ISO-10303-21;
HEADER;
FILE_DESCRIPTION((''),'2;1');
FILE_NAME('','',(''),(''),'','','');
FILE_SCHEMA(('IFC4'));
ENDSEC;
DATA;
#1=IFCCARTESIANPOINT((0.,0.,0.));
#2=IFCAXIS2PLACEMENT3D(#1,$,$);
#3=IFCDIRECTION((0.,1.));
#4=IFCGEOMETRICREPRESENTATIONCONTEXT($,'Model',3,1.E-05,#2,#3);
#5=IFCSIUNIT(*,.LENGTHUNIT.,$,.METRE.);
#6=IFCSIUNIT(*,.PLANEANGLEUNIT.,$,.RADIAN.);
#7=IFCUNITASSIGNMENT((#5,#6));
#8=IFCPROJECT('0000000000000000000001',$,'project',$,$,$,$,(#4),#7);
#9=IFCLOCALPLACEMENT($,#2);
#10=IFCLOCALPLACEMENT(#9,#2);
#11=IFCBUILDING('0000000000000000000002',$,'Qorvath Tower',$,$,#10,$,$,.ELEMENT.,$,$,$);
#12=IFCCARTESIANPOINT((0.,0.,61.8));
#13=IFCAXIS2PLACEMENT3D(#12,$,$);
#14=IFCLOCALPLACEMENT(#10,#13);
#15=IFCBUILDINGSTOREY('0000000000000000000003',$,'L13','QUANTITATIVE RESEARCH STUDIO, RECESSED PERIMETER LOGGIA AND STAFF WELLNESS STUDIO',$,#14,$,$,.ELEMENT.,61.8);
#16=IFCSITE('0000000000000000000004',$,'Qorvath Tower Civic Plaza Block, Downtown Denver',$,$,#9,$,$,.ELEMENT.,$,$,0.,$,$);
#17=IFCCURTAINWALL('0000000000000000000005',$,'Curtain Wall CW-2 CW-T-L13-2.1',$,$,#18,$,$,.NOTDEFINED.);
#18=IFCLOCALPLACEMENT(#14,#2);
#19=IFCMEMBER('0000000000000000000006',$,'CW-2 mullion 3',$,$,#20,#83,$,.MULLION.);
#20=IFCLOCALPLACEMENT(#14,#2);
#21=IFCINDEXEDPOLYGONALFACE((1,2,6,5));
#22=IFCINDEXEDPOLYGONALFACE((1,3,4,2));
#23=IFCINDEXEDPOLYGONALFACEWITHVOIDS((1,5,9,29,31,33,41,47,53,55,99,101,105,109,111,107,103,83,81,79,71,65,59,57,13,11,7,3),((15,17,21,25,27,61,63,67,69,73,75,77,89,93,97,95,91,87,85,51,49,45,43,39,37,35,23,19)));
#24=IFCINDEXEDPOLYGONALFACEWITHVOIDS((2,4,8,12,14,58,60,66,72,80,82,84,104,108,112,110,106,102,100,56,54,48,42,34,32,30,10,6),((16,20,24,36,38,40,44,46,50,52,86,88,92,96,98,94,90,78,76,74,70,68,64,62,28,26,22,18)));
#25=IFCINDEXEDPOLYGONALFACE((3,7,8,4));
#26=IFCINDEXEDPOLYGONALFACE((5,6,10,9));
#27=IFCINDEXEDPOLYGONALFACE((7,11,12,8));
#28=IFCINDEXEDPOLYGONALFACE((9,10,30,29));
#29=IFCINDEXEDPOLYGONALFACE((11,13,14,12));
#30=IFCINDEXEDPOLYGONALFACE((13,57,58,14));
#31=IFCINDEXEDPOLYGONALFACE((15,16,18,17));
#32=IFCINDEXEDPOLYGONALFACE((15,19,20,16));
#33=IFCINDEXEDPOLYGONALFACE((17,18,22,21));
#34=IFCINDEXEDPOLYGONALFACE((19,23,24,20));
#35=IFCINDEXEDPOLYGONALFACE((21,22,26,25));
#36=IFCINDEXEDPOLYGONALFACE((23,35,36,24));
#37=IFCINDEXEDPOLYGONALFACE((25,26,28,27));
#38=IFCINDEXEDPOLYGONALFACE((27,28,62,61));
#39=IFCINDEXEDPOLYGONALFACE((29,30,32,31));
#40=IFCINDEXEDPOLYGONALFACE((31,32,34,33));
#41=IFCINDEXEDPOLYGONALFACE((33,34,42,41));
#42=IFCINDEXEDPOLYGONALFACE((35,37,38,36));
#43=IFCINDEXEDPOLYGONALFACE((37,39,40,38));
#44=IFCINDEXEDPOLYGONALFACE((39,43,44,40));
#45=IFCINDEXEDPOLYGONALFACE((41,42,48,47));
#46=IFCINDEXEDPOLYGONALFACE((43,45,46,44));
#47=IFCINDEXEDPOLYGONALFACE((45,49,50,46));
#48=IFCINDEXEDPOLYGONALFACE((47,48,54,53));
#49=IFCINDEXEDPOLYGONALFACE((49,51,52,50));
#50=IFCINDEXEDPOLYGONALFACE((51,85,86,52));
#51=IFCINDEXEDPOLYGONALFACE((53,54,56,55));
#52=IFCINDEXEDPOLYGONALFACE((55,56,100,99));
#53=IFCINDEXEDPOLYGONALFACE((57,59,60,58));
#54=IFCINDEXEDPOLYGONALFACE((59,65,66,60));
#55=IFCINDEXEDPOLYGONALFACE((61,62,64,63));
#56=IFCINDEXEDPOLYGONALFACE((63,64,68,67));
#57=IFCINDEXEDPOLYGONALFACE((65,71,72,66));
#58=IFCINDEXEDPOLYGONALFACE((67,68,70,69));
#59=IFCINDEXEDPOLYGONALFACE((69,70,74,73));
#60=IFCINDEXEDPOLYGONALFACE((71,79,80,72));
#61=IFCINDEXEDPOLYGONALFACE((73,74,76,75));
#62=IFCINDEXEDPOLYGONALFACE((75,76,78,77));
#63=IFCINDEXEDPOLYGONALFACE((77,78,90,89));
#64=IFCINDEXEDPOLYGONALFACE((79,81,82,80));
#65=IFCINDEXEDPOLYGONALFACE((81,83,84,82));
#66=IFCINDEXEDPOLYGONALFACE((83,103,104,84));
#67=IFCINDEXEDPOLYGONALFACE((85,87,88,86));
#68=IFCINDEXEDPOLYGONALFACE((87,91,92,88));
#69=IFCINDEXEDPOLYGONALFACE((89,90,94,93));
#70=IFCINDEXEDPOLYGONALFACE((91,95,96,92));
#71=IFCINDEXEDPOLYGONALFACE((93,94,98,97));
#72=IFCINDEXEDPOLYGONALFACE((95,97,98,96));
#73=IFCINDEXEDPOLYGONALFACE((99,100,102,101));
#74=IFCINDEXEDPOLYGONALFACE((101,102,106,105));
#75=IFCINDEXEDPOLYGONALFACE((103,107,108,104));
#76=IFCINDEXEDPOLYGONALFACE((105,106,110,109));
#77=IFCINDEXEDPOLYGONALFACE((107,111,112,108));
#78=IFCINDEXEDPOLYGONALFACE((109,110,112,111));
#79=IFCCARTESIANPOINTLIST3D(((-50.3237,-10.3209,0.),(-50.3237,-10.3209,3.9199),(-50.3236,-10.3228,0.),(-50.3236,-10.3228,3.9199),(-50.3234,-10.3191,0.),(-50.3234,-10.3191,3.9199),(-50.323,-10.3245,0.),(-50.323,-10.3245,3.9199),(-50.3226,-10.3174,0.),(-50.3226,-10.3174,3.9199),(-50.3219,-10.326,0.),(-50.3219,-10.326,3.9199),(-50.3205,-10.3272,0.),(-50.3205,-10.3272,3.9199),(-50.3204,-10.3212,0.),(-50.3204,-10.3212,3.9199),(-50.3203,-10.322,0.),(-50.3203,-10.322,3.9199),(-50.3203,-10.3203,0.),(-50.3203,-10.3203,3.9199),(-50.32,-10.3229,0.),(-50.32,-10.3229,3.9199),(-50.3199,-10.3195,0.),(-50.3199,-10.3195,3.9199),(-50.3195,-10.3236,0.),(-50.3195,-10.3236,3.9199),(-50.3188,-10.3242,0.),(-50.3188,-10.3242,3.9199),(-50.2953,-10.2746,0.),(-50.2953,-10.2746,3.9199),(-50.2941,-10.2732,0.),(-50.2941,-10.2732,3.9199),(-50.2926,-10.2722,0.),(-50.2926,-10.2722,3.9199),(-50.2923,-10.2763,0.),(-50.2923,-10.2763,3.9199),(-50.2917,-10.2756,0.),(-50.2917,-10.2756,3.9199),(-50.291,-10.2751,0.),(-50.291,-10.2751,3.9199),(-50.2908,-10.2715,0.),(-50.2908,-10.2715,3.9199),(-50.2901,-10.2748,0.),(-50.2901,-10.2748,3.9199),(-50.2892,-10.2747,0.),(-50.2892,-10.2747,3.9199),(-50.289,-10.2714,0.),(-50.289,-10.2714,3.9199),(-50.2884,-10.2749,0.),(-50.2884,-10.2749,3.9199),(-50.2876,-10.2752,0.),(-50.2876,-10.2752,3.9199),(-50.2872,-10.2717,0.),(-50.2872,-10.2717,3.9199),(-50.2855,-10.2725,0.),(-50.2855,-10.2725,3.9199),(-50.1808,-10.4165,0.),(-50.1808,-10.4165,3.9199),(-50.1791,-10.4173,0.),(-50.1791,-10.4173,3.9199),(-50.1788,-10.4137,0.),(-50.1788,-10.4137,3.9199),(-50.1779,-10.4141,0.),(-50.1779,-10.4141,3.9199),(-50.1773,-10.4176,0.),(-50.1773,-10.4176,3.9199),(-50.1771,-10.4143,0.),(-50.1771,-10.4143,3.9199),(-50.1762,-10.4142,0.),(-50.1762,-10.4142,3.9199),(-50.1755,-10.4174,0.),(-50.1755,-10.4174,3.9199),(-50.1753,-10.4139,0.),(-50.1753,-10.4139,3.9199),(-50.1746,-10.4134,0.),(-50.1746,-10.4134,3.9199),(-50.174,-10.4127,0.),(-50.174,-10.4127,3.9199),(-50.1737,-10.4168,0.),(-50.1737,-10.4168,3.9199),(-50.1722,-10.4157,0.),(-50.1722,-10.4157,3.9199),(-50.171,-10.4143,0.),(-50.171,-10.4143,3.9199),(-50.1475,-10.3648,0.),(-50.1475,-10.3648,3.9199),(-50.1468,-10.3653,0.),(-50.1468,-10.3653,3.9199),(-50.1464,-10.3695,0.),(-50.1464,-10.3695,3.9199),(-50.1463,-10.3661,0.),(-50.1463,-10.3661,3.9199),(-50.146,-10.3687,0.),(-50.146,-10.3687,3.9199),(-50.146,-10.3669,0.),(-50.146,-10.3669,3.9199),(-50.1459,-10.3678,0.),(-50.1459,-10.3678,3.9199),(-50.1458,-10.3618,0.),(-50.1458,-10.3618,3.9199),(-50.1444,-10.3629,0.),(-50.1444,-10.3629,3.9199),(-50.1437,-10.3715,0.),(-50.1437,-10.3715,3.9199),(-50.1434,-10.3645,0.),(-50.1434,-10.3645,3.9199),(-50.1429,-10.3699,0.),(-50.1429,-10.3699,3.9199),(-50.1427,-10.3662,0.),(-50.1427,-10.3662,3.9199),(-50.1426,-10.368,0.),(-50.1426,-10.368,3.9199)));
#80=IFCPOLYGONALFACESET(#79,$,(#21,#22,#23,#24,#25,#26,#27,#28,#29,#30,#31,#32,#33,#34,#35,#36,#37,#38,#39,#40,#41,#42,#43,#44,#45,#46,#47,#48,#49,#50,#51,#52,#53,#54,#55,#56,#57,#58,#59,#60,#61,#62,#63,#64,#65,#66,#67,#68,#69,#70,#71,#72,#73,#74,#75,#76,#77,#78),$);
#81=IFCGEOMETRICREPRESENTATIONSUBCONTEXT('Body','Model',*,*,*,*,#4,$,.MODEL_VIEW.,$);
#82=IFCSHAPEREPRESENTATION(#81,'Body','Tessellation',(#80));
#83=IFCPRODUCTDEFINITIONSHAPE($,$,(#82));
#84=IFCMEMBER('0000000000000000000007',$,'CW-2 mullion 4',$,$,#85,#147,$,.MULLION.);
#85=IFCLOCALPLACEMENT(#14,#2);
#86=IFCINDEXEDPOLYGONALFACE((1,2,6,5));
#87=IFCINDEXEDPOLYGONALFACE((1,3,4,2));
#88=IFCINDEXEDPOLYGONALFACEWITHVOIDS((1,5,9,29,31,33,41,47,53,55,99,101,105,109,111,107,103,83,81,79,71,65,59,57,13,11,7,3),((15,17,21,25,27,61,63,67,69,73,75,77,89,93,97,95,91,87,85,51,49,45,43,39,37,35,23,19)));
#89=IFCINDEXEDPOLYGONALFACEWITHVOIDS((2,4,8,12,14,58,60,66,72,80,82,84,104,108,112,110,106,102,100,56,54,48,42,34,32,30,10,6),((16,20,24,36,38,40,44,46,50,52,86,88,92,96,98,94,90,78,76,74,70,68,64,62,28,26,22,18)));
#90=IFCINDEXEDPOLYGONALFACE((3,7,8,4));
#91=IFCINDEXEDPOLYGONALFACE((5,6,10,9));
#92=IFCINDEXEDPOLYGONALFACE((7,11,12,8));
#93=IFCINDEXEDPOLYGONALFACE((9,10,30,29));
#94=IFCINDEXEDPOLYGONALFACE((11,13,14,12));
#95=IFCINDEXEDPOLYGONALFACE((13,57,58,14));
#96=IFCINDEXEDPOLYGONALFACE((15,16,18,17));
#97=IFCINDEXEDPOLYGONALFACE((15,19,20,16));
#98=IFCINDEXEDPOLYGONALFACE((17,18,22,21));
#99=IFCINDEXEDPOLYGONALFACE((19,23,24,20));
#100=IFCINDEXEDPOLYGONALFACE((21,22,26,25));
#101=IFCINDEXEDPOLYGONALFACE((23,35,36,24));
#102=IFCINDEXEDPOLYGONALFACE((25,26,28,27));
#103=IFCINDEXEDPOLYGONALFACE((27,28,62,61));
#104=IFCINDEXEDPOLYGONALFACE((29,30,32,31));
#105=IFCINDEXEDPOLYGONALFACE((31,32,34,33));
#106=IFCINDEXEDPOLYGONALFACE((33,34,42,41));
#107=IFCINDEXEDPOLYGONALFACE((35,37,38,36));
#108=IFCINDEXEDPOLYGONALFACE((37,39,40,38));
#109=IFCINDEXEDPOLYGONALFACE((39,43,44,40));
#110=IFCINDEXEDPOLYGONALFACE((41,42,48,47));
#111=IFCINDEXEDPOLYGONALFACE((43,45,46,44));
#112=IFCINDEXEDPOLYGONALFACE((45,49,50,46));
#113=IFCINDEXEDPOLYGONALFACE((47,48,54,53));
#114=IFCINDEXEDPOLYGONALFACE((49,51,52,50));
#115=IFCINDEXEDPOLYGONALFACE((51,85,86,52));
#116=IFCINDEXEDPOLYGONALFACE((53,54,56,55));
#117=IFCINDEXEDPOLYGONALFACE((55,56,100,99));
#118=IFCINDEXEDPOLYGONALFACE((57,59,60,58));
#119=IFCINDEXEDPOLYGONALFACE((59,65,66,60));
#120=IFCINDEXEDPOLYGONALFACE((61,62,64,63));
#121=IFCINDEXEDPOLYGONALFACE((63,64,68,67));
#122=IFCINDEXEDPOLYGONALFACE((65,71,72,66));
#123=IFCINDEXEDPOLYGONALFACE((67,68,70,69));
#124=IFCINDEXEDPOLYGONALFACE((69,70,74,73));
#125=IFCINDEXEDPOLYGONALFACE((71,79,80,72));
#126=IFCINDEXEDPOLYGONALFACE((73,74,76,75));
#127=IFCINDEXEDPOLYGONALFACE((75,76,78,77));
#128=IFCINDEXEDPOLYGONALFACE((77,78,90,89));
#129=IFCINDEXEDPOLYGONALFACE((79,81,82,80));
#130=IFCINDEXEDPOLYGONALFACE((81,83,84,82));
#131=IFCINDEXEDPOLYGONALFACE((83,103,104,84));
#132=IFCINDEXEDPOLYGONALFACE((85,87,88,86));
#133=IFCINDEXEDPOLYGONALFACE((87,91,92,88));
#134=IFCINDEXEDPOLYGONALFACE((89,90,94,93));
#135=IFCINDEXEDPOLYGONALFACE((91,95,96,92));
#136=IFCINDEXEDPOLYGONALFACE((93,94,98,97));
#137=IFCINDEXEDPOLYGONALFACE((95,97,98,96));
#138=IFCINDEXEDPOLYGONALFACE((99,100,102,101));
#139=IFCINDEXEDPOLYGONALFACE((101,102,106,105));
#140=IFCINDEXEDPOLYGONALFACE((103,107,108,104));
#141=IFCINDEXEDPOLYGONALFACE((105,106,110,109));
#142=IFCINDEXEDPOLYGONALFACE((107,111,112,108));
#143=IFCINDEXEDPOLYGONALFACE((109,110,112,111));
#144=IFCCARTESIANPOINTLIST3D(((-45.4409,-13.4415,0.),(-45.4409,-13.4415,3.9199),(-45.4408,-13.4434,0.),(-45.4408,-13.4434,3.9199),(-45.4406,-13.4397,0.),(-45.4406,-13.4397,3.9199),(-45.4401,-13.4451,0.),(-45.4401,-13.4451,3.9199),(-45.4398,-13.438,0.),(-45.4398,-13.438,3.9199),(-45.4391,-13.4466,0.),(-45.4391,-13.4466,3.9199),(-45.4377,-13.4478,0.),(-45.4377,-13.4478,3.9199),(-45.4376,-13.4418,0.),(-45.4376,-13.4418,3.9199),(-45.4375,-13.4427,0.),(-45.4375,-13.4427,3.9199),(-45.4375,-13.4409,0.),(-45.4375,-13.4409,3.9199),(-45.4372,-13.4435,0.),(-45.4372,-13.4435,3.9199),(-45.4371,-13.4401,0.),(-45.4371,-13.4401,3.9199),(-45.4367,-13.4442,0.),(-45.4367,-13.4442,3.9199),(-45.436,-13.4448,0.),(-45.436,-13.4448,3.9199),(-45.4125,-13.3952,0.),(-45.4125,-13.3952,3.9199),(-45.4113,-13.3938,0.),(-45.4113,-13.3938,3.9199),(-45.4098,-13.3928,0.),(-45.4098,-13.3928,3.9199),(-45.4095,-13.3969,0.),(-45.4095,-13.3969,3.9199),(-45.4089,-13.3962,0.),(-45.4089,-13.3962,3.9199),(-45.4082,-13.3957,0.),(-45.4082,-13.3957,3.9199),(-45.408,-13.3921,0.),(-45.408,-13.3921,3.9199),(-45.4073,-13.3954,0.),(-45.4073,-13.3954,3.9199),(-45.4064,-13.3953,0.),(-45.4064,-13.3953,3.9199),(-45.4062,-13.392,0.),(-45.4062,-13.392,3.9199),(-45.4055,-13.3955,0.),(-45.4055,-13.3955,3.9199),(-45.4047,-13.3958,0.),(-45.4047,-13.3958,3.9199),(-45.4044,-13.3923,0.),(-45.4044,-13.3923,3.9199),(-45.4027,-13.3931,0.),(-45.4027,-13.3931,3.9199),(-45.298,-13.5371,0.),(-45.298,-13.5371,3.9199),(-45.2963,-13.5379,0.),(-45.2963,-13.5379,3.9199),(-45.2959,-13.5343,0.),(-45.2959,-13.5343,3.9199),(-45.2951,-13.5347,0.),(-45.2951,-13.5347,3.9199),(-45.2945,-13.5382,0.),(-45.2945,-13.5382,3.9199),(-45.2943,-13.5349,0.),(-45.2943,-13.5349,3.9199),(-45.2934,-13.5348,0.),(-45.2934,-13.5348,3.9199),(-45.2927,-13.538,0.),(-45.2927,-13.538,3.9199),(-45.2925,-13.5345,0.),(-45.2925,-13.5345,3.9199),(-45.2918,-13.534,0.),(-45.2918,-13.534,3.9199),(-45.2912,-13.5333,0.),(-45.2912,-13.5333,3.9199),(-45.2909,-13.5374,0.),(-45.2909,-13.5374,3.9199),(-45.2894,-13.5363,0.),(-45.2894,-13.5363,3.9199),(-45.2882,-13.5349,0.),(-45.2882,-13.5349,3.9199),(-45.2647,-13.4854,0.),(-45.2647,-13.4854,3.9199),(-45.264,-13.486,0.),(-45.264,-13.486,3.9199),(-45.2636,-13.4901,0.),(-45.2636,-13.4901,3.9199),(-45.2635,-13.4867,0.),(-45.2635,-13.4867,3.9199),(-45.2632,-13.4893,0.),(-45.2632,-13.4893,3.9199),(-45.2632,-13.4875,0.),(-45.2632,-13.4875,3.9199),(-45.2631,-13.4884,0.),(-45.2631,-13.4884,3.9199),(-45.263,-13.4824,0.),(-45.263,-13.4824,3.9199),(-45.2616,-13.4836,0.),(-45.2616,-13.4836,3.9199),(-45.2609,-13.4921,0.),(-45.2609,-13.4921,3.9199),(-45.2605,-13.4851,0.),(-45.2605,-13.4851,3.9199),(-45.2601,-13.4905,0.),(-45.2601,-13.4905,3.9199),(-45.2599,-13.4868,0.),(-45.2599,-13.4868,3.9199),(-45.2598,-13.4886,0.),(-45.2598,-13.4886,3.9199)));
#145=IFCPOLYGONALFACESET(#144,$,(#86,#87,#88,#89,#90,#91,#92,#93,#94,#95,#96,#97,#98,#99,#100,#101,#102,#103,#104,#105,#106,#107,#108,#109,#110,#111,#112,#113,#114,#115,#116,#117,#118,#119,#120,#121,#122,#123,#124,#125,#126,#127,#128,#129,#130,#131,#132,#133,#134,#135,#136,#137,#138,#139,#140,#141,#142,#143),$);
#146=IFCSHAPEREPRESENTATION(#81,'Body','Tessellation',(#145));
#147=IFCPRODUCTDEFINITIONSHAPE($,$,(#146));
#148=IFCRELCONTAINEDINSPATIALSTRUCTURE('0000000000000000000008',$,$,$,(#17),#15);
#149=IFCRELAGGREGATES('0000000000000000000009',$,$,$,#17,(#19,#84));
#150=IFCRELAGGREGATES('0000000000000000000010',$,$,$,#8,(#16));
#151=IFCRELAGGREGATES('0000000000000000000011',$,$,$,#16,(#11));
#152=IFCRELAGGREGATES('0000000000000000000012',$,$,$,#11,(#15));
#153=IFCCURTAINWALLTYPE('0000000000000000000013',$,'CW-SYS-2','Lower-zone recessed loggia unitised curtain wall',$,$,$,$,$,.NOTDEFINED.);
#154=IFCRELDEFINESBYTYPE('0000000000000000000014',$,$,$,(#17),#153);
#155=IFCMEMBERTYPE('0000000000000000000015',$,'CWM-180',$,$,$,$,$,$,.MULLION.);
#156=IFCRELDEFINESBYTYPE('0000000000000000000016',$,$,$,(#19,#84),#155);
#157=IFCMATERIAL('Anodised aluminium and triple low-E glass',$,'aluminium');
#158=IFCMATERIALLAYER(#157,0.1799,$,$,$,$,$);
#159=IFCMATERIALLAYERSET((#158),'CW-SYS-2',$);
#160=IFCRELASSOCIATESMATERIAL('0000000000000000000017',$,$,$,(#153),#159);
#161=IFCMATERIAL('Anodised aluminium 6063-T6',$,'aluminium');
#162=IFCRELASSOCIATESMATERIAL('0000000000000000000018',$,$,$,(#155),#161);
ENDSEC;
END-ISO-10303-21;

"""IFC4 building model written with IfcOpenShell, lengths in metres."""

from ifc_helpers import new_model, si_unit, direction, frame, origin, origin_2d, place, context, subcontext, project, spatial, hollow_rectangle, extrude, material, layer, layer_set, material_profile, profile_set, type_object, element, aggregate, save


model = new_model("IFC4")

# Units and contexts
model_context = context("Model", 3, precision=1e-05, world=origin(), true_north=direction((0.0, 1.0)))
body_context = subcontext(model_context, "Body", "Model", "MODEL_VIEW")
ifc_project = project(units=[si_unit("LENGTHUNIT", "METRE"), si_unit("PLANEANGLEUNIT", "RADIAN")], contexts=[model_context])

# Site, building, storey
site_placement = place(None, origin())
site = spatial("IfcSite", under=ifc_project, at=site_placement, Name="Qorvath Tower Civic Plaza Block, Downtown Denver", CompositionType="ELEMENT", RefElevation=0.0)
building_placement = place(site_placement, origin())
building = spatial("IfcBuilding", under=site, at=building_placement, Name="Qorvath Tower", CompositionType="ELEMENT")
storey_placement = place(building_placement, frame((0.0, 0.0, 61.8)))
storey = spatial("IfcBuildingStorey", under=building, at=storey_placement, Name="L13", Description="QUANTITATIVE RESEARCH STUDIO, RECESSED PERIMETER LOGGIA AND STAFF WELLNESS STUDIO", CompositionType="ELEMENT", Elevation=61.8)

# Curtain wall, members
ifc_material_1 = material(Name="Anodised aluminium and triple low-E glass", Category="aluminium")
ifc_layer_1 = layer(ifc_material_1, 0.1799)
ifc_layer_set_1 = layer_set([ifc_layer_1], Name="CW-SYS-2")
curtain_wall_type = type_object("IfcCurtainWallType", Name="CW-SYS-2", Description="Lower-zone recessed loggia unitised curtain wall", PredefinedType="NOTDEFINED", material=ifc_layer_set_1)
curtain_wall_placement = place(storey_placement, origin())
curtain_wall = element("IfcCurtainWall", 1, at=curtain_wall_placement, inside=storey, type_object=curtain_wall_type, Name="Curtain Wall CW-2 CW-T-L13-2.1", PredefinedType="NOTDEFINED")
ifc_material_2 = material(Name="Anodised aluminium 6063-T6", Category="aluminium")
ifc_material_profile_1 = material_profile(ifc_material_2, hollow_rectangle(XDim=0.0649, YDim=0.1799, WallThickness=0.0034, InnerFilletRadius=0.0034, OuterFilletRadius=0.0071, at=origin_2d()), Name="CWM 180x65")
ifc_profile_set_1 = profile_set([ifc_material_profile_1], Name="Anodised aluminium 6063-T6")
member_type_1 = type_object("IfcMemberType", Name="CWM-180", PredefinedType="MULLION", material=ifc_profile_set_1)
member_1_placement = place(storey_placement, frame((-50.2332, -10.3445, 0.0), z_axis=(0.0, 0.0, 1.0), x_axis=(0.53853, 0.842607, 0.0)))
member_1 = element("IfcMember", 2, at=member_1_placement, type_object=member_type_1, Name="CW-2 mullion 3", PredefinedType="MULLION", context=body_context, shape_type="SweptSolid", body=[
    extrude(hollow_rectangle(XDim=0.0649, YDim=0.1799, WallThickness=0.0034, InnerFilletRadius=0.0034, OuterFilletRadius=0.0071, at=origin_2d()), origin(), (0.0, 0.0, 1.0), 3.9199),
])
member_2_placement = place(storey_placement, frame((-45.3503, -13.4651, 0.0), z_axis=(0.0, 0.0, 1.0), x_axis=(0.53853, 0.842607, 0.0)))
member_2 = element("IfcMember", 3, at=member_2_placement, type_object=member_type_1, Name="CW-2 mullion 4", PredefinedType="MULLION", context=body_context, shape_type="SweptSolid", body=[
    extrude(hollow_rectangle(XDim=0.0649, YDim=0.1799, WallThickness=0.0034, InnerFilletRadius=0.0034, OuterFilletRadius=0.0071, at=origin_2d()), origin(), (0.0, 0.0, 1.0), 3.9199),
])

aggregate(curtain_wall, [member_1, member_2])

save(model, "model.ifc")
